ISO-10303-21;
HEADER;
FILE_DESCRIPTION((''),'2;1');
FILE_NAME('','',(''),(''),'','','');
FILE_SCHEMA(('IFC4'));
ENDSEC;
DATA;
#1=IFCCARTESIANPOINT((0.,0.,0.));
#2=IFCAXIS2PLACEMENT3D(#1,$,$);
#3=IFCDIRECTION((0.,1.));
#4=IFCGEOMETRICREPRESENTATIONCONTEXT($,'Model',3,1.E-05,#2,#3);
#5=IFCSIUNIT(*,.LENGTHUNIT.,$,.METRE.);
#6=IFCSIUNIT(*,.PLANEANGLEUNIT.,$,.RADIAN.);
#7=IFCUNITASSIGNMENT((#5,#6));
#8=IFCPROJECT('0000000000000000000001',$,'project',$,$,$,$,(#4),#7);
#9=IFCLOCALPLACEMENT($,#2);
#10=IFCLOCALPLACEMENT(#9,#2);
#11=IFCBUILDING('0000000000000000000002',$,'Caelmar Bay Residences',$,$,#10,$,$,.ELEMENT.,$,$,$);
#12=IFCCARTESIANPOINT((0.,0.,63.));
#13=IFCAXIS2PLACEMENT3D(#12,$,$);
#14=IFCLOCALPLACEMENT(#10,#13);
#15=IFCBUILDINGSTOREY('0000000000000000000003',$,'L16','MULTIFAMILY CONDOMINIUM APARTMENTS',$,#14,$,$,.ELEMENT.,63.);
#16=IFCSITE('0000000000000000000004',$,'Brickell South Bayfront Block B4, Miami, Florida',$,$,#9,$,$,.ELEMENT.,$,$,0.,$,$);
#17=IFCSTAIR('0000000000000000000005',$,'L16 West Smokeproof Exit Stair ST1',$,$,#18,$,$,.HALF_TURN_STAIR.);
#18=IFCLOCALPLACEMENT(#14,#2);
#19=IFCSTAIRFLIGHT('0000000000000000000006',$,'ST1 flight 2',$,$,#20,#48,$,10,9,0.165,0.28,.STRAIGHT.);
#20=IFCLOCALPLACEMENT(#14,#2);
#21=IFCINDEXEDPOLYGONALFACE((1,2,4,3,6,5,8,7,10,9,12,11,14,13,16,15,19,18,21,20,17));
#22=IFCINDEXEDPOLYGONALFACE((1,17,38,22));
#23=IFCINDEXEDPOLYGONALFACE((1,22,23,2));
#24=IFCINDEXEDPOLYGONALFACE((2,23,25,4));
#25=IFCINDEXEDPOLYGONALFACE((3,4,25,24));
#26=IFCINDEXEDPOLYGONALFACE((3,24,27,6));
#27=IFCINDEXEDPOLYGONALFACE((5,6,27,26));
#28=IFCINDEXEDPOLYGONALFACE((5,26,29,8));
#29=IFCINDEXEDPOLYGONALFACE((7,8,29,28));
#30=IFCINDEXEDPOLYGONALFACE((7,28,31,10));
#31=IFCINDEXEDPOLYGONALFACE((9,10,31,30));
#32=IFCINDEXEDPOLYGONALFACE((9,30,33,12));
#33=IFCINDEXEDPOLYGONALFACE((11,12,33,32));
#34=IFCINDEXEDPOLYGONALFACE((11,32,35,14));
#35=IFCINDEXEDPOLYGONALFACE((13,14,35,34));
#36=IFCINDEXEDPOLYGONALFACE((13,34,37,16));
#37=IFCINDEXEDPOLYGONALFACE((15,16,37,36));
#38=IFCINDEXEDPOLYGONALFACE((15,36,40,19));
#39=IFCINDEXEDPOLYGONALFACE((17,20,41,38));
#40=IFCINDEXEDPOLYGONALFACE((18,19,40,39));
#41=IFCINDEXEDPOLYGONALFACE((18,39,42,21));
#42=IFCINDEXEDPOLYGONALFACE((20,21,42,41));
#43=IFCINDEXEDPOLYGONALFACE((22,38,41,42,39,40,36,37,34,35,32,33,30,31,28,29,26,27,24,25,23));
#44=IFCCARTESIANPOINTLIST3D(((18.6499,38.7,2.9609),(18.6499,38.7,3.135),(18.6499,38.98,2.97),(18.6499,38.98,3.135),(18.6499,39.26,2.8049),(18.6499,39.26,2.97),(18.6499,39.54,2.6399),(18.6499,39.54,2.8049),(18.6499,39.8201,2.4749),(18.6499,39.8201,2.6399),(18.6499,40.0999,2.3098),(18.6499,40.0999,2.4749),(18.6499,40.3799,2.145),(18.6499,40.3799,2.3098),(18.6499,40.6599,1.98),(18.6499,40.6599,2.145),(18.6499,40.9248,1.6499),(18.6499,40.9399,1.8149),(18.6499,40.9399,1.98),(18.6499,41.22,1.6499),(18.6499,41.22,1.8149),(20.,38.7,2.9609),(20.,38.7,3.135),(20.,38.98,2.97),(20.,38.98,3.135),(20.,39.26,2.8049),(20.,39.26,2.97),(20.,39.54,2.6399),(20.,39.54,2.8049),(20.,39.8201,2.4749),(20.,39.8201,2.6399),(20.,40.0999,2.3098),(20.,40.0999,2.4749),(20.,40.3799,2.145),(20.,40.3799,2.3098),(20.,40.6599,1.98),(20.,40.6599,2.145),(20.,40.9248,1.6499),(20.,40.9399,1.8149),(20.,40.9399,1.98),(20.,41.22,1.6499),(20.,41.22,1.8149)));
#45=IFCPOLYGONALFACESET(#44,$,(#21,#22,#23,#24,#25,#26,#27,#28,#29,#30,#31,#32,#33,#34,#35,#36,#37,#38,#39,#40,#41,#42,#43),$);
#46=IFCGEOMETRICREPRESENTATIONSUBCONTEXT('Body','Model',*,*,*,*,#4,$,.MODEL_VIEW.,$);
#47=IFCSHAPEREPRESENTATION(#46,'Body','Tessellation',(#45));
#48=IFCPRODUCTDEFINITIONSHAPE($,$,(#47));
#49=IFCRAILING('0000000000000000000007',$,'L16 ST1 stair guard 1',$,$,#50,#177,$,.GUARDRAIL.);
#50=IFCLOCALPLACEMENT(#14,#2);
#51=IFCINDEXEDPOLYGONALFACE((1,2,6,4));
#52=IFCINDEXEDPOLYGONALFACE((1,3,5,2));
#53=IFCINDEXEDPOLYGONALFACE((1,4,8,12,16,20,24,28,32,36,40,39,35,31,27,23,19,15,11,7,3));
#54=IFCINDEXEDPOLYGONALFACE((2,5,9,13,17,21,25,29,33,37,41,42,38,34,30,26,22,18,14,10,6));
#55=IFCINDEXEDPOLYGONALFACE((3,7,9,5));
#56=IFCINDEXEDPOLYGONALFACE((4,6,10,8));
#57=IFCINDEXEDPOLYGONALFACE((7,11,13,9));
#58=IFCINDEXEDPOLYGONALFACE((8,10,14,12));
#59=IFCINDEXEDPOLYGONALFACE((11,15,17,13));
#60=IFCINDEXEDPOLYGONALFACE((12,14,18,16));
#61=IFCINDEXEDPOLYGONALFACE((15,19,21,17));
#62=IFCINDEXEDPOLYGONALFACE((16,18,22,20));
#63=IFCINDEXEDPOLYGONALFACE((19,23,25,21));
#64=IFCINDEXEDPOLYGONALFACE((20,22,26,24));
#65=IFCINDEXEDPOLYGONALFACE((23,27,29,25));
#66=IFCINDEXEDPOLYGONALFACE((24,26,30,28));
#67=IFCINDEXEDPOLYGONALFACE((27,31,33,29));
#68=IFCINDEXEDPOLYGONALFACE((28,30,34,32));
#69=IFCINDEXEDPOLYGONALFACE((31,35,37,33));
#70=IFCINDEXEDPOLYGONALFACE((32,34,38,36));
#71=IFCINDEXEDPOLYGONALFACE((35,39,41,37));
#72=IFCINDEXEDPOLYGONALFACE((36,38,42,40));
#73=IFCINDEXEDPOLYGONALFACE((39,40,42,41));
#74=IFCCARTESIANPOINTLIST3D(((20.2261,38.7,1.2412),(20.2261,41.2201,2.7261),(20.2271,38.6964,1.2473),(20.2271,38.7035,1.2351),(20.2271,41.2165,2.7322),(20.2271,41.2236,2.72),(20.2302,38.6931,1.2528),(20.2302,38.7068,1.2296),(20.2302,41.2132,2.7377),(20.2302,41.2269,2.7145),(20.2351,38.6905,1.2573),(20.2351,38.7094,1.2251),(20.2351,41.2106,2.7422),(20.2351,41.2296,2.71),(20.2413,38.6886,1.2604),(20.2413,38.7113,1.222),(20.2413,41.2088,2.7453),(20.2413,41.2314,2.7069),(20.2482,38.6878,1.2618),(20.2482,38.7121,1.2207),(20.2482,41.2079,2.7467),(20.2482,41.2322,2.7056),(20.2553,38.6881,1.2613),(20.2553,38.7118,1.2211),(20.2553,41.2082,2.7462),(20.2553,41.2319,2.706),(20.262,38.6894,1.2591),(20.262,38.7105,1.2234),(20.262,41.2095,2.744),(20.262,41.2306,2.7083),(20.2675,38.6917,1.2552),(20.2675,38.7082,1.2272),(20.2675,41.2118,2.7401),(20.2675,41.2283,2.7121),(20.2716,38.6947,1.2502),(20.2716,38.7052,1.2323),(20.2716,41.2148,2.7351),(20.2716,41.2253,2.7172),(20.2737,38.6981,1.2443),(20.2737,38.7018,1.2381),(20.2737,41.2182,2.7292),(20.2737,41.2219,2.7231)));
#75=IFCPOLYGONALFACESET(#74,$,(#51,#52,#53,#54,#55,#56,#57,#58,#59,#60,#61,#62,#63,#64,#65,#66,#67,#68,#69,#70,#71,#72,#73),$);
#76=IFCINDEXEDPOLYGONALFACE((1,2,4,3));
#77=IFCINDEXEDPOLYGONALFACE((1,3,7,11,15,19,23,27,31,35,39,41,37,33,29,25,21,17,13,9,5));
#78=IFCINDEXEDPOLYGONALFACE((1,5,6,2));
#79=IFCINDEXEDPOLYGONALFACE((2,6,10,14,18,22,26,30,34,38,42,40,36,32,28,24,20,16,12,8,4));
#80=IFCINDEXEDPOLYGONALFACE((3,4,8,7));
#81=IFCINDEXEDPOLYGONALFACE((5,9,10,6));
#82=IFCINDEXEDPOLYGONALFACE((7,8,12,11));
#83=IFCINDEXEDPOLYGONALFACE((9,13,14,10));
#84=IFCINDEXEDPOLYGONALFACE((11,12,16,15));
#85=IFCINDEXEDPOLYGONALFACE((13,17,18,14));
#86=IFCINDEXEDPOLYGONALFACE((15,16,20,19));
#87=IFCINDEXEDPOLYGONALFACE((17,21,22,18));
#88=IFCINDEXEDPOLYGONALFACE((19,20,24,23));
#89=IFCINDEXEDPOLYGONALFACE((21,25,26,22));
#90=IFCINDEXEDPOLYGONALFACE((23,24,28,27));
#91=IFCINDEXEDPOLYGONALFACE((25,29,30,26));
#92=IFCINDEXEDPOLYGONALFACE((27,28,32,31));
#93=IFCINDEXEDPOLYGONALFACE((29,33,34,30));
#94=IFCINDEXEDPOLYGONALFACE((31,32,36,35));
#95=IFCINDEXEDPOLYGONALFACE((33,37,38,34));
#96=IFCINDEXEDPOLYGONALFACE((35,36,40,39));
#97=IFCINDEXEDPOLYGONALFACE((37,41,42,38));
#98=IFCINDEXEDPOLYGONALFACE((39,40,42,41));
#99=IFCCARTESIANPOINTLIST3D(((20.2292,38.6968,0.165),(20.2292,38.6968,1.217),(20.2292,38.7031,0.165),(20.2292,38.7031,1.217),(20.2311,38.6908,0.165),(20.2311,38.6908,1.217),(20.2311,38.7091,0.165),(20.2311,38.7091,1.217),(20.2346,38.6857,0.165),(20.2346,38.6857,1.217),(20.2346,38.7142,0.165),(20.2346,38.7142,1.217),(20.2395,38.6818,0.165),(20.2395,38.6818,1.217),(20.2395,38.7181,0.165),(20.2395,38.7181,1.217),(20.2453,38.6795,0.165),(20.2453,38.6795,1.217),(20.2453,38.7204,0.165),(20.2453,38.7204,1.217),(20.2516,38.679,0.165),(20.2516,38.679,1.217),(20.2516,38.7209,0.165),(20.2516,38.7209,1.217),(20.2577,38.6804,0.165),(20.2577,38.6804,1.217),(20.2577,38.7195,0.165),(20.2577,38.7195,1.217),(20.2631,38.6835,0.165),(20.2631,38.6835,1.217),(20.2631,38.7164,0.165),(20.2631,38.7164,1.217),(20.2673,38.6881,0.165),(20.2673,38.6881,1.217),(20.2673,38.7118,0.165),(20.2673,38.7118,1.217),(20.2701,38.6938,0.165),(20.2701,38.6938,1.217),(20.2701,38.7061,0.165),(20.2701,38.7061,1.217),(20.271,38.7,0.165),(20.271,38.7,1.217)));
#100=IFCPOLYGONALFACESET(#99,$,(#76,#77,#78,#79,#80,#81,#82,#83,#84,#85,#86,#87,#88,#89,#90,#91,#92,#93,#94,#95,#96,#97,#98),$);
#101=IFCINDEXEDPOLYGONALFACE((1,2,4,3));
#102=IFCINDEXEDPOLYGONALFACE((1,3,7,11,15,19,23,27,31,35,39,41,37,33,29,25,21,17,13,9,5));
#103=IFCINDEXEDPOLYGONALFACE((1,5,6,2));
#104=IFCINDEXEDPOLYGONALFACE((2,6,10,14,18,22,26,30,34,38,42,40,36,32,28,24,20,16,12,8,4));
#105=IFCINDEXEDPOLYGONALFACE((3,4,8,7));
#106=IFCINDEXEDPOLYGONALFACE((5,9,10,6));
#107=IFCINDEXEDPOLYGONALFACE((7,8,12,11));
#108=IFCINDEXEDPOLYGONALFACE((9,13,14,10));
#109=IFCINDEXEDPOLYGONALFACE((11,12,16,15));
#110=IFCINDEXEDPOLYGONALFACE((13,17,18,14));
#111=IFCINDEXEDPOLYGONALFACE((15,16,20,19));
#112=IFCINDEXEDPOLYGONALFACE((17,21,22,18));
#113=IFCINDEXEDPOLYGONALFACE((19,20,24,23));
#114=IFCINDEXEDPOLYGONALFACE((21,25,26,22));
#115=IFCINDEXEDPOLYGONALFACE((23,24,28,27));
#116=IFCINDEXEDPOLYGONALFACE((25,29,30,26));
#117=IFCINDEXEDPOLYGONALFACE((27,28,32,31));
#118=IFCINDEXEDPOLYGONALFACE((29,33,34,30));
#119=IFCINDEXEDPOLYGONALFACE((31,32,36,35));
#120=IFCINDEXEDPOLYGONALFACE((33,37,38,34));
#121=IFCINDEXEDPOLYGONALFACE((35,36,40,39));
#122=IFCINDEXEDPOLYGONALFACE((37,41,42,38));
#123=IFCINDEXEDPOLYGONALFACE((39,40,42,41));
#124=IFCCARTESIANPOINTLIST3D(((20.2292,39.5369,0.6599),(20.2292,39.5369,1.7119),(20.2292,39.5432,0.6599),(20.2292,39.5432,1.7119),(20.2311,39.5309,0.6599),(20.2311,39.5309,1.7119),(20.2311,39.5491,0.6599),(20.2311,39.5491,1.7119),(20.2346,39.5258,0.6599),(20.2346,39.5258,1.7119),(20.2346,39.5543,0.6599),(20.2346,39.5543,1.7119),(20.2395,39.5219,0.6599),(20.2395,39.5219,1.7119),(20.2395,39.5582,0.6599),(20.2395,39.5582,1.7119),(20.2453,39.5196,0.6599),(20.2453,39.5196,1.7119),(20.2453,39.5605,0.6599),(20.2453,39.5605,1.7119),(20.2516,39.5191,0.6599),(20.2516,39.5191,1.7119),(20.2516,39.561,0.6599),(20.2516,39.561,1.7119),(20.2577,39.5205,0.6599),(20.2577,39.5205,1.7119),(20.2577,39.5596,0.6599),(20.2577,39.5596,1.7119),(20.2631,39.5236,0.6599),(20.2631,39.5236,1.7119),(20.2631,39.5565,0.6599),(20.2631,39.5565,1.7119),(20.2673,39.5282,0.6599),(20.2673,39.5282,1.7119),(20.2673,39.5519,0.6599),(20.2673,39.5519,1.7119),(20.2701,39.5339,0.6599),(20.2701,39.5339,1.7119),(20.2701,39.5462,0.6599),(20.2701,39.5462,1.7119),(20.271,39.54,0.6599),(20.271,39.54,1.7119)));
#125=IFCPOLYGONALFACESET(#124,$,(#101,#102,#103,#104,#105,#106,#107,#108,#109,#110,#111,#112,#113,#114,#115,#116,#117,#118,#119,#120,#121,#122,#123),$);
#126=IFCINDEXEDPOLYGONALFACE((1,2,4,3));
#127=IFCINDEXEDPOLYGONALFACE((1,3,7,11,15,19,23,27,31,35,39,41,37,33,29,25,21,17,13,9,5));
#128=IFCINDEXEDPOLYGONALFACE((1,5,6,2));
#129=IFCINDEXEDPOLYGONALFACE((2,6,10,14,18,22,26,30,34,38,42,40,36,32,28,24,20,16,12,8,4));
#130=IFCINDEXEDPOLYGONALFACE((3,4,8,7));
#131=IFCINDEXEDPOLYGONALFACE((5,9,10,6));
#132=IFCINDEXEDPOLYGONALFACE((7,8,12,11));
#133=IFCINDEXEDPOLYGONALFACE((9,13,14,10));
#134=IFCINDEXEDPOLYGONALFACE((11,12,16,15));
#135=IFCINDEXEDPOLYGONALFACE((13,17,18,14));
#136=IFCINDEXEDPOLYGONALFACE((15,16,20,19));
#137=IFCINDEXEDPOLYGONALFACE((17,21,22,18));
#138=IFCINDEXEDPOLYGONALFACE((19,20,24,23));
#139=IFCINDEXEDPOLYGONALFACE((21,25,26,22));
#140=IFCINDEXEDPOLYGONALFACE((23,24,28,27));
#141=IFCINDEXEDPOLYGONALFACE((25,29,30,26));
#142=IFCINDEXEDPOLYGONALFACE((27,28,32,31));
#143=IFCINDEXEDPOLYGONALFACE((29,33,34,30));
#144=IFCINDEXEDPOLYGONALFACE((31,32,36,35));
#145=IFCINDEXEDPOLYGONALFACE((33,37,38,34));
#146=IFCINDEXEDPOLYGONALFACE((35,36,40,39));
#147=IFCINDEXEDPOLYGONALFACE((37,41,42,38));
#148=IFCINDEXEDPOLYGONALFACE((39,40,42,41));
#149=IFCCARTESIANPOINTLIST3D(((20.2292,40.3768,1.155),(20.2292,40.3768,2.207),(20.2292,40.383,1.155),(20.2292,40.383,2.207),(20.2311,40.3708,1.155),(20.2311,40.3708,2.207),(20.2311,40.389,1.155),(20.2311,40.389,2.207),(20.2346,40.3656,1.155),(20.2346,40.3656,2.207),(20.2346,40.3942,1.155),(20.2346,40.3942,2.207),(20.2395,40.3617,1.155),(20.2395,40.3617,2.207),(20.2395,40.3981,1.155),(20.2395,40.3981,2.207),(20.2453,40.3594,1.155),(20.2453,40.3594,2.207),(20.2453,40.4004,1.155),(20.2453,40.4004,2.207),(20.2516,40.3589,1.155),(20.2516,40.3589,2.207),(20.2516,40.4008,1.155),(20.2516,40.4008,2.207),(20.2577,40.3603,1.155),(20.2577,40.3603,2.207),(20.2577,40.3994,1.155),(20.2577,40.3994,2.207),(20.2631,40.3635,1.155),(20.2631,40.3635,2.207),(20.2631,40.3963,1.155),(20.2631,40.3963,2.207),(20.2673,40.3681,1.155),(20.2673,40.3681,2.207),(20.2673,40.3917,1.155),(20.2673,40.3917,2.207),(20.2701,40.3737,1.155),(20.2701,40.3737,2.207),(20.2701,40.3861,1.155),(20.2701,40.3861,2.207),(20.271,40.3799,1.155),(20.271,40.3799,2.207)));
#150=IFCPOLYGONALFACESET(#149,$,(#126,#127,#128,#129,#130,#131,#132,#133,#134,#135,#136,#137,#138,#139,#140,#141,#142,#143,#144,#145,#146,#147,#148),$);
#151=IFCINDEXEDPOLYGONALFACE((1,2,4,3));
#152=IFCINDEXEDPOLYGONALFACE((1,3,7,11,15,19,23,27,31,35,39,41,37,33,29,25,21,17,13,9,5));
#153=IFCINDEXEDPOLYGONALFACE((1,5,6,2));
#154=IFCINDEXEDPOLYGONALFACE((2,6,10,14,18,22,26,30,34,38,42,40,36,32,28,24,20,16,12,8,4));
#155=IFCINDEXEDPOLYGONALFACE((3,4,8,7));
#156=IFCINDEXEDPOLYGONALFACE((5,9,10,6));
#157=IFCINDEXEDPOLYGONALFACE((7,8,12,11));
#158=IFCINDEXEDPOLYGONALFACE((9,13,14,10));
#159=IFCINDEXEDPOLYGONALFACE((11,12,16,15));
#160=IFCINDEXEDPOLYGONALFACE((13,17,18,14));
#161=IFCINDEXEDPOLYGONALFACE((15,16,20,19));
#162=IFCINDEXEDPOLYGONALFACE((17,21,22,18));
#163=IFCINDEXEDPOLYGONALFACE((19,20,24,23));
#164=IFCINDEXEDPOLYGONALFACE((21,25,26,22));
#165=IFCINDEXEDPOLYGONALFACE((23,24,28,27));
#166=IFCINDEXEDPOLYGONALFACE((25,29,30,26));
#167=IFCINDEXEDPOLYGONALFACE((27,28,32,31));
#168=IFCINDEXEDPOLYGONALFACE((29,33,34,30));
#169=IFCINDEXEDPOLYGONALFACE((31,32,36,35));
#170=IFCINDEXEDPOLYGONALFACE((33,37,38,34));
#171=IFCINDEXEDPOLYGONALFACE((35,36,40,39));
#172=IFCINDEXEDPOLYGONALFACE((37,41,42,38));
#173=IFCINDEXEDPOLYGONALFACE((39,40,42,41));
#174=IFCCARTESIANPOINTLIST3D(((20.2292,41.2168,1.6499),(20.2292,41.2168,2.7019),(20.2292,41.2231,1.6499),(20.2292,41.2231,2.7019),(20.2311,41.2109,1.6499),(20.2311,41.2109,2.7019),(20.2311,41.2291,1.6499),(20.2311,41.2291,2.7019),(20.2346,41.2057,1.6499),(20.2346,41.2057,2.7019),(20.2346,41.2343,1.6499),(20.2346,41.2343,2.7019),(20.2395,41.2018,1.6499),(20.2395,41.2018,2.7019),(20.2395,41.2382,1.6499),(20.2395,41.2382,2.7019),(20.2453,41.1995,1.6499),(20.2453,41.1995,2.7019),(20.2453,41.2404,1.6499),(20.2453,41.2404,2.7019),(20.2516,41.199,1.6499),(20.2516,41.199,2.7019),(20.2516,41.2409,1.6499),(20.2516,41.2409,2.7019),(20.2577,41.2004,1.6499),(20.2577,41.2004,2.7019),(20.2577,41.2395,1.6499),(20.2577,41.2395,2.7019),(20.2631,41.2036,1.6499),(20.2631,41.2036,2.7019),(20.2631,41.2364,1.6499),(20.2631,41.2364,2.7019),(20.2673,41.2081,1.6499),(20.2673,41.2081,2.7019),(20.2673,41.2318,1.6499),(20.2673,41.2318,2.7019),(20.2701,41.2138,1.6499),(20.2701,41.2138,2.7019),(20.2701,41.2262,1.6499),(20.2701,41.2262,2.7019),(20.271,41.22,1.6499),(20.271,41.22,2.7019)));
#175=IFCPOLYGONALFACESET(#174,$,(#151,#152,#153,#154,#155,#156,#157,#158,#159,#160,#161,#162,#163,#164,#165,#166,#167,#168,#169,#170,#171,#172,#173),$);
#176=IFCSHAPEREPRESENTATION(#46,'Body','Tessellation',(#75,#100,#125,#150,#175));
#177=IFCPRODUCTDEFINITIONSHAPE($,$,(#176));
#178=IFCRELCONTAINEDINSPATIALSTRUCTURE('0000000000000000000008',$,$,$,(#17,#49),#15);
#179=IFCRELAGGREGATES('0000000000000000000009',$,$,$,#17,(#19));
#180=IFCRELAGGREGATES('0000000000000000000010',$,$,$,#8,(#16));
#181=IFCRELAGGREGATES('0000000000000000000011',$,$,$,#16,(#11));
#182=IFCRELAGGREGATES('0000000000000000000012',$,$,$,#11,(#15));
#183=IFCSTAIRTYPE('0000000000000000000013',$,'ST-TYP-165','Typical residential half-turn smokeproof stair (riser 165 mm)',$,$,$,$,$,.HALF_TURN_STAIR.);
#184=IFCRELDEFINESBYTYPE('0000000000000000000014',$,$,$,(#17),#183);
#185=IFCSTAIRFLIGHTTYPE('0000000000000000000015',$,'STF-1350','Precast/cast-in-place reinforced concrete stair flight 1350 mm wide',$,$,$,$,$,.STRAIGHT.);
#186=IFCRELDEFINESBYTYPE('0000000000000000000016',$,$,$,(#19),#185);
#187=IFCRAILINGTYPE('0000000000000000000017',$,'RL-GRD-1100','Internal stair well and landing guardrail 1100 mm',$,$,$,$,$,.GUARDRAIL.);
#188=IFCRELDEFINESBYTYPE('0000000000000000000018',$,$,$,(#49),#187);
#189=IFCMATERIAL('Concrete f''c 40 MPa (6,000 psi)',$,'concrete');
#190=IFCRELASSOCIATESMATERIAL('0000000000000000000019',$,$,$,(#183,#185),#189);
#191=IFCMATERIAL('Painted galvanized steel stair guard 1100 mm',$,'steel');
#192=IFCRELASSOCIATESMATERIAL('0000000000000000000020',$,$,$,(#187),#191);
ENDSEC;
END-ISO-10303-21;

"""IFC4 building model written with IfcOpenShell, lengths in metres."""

from ifc_helpers import new_model, si_unit, direction, frame, origin, origin_2d, place, context, subcontext, project, spatial, polyline, circle, outline, extrude, material, type_object, element, aggregate, save


model = new_model("IFC4")

# Units and contexts
model_context = context("Model", 3, precision=1e-05, world=origin(), true_north=direction((0.0, 1.0)))
body_context = subcontext(model_context, "Body", "Model", "MODEL_VIEW")
ifc_project = project(units=[si_unit("LENGTHUNIT", "METRE"), si_unit("PLANEANGLEUNIT", "RADIAN")], contexts=[model_context])

# Site, building, storey
site_placement = place(None, origin())
site = spatial("IfcSite", under=ifc_project, at=site_placement, Name="Brickell South Bayfront Block B4, Miami, Florida", CompositionType="ELEMENT", RefElevation=0.0)
building_placement = place(site_placement, origin())
building = spatial("IfcBuilding", under=site, at=building_placement, Name="Caelmar Bay Residences", CompositionType="ELEMENT")
storey_placement = place(building_placement, frame((0.0, 0.0, 63.0)))
storey = spatial("IfcBuildingStorey", under=building, at=storey_placement, Name="L16", Description="MULTIFAMILY CONDOMINIUM APARTMENTS", CompositionType="ELEMENT", Elevation=63.0)

# Stair, stair flight
ifc_material_1 = material(Name="Concrete f'c 40 MPa (6,000 psi)", Category="concrete")
stair_type = type_object("IfcStairType", Name="ST-TYP-165", Description="Typical residential half-turn smokeproof stair (riser 165 mm)", PredefinedType="HALF_TURN_STAIR", material=ifc_material_1)
stair_placement = place(storey_placement, origin())
stair = element("IfcStair", 1, at=stair_placement, inside=storey, type_object=stair_type, Name="L16 West Smokeproof Exit Stair ST1", PredefinedType="HALF_TURN_STAIR")
stair_flight_type = type_object("IfcStairFlightType", Name="STF-1350", Description="Precast/cast-in-place reinforced concrete stair flight 1350 mm wide", PredefinedType="STRAIGHT", material=ifc_material_1)
stair_flight_1_placement = place(storey_placement, frame((19.325, 41.22, 1.6499), z_axis=(0.0, 0.0, 1.0), x_axis=(0.0, -1.0, 0.0)))
stair_flight_1 = element("IfcStairFlight", 2, at=stair_flight_1_placement, type_object=stair_flight_type, Name="ST1 flight 2", NumberOfRisers=10, NumberOfTreads=9, PredefinedType="STRAIGHT", RiserHeight=0.165, TreadLength=0.28, context=body_context, shape_type="SweptSolid", body=[
    extrude(outline(polyline([(0.0, 0.0), (0.0, 0.165), (0.28, 0.165), (0.28, 0.3301), (0.5601, 0.3301), (0.5601, 0.4951), (0.8401, 0.4951), (0.8401, 0.6599), (1.1201, 0.6599), (1.1201, 0.825), (1.3999, 0.825), (1.3999, 0.99), (1.6799, 0.99), (1.6799, 1.155), (1.96, 1.155), (1.96, 1.3201), (2.24, 1.3201), (2.24, 1.4851), (2.52, 1.4851), (2.52, 1.6499), (2.52, 1.311), (0.2952, 0.0), (0.0, 0.0)])), frame((0.0, 0.675, 0.0), z_axis=(0.0, -1.0, 0.0), x_axis=(1.0, 0.0, 0.0)), (0.0, 0.0, 1.0), 1.3501),
])
aggregate(stair, [stair_flight_1])

# Railing
ifc_material_2 = material(Name="Painted galvanized steel stair guard 1100 mm", Category="steel")
railing_type_1 = type_object("IfcRailingType", Name="RL-GRD-1100", Description="Internal stair well and landing guardrail 1100 mm", PredefinedType="GUARDRAIL", material=ifc_material_2)
railing_1_placement = place(storey_placement, frame((20.25, 38.7, 0.165)))
element("IfcRailing", 3, at=railing_1_placement, inside=storey, type_object=railing_type_1, Name="L16 ST1 stair guard 1", PredefinedType="GUARDRAIL", context=body_context, shape_type="SweptSolid", body=[
    extrude(circle(Radius=0.0239, at=origin_2d()), frame((0.0, 0.0, 1.0762), z_axis=(0.0, 0.861561, 0.507655), x_axis=(-1.0, 0.0, 0.0)), (0.0, 0.0, 1.0), 2.925),
    extrude(circle(Radius=0.021, at=origin_2d()), origin(), (0.0, 0.0, 1.0), 1.052),
    extrude(circle(Radius=0.021, at=origin_2d()), frame((0.0, 0.8401, 0.4949)), (0.0, 0.0, 1.0), 1.052),
    extrude(circle(Radius=0.021, at=origin_2d()), frame((0.0, 1.6799, 0.99)), (0.0, 0.0, 1.0), 1.052),
    extrude(circle(Radius=0.021, at=origin_2d()), frame((0.0, 2.52, 1.4849)), (0.0, 0.0, 1.0), 1.052),
])

save(model, "model.ifc")
